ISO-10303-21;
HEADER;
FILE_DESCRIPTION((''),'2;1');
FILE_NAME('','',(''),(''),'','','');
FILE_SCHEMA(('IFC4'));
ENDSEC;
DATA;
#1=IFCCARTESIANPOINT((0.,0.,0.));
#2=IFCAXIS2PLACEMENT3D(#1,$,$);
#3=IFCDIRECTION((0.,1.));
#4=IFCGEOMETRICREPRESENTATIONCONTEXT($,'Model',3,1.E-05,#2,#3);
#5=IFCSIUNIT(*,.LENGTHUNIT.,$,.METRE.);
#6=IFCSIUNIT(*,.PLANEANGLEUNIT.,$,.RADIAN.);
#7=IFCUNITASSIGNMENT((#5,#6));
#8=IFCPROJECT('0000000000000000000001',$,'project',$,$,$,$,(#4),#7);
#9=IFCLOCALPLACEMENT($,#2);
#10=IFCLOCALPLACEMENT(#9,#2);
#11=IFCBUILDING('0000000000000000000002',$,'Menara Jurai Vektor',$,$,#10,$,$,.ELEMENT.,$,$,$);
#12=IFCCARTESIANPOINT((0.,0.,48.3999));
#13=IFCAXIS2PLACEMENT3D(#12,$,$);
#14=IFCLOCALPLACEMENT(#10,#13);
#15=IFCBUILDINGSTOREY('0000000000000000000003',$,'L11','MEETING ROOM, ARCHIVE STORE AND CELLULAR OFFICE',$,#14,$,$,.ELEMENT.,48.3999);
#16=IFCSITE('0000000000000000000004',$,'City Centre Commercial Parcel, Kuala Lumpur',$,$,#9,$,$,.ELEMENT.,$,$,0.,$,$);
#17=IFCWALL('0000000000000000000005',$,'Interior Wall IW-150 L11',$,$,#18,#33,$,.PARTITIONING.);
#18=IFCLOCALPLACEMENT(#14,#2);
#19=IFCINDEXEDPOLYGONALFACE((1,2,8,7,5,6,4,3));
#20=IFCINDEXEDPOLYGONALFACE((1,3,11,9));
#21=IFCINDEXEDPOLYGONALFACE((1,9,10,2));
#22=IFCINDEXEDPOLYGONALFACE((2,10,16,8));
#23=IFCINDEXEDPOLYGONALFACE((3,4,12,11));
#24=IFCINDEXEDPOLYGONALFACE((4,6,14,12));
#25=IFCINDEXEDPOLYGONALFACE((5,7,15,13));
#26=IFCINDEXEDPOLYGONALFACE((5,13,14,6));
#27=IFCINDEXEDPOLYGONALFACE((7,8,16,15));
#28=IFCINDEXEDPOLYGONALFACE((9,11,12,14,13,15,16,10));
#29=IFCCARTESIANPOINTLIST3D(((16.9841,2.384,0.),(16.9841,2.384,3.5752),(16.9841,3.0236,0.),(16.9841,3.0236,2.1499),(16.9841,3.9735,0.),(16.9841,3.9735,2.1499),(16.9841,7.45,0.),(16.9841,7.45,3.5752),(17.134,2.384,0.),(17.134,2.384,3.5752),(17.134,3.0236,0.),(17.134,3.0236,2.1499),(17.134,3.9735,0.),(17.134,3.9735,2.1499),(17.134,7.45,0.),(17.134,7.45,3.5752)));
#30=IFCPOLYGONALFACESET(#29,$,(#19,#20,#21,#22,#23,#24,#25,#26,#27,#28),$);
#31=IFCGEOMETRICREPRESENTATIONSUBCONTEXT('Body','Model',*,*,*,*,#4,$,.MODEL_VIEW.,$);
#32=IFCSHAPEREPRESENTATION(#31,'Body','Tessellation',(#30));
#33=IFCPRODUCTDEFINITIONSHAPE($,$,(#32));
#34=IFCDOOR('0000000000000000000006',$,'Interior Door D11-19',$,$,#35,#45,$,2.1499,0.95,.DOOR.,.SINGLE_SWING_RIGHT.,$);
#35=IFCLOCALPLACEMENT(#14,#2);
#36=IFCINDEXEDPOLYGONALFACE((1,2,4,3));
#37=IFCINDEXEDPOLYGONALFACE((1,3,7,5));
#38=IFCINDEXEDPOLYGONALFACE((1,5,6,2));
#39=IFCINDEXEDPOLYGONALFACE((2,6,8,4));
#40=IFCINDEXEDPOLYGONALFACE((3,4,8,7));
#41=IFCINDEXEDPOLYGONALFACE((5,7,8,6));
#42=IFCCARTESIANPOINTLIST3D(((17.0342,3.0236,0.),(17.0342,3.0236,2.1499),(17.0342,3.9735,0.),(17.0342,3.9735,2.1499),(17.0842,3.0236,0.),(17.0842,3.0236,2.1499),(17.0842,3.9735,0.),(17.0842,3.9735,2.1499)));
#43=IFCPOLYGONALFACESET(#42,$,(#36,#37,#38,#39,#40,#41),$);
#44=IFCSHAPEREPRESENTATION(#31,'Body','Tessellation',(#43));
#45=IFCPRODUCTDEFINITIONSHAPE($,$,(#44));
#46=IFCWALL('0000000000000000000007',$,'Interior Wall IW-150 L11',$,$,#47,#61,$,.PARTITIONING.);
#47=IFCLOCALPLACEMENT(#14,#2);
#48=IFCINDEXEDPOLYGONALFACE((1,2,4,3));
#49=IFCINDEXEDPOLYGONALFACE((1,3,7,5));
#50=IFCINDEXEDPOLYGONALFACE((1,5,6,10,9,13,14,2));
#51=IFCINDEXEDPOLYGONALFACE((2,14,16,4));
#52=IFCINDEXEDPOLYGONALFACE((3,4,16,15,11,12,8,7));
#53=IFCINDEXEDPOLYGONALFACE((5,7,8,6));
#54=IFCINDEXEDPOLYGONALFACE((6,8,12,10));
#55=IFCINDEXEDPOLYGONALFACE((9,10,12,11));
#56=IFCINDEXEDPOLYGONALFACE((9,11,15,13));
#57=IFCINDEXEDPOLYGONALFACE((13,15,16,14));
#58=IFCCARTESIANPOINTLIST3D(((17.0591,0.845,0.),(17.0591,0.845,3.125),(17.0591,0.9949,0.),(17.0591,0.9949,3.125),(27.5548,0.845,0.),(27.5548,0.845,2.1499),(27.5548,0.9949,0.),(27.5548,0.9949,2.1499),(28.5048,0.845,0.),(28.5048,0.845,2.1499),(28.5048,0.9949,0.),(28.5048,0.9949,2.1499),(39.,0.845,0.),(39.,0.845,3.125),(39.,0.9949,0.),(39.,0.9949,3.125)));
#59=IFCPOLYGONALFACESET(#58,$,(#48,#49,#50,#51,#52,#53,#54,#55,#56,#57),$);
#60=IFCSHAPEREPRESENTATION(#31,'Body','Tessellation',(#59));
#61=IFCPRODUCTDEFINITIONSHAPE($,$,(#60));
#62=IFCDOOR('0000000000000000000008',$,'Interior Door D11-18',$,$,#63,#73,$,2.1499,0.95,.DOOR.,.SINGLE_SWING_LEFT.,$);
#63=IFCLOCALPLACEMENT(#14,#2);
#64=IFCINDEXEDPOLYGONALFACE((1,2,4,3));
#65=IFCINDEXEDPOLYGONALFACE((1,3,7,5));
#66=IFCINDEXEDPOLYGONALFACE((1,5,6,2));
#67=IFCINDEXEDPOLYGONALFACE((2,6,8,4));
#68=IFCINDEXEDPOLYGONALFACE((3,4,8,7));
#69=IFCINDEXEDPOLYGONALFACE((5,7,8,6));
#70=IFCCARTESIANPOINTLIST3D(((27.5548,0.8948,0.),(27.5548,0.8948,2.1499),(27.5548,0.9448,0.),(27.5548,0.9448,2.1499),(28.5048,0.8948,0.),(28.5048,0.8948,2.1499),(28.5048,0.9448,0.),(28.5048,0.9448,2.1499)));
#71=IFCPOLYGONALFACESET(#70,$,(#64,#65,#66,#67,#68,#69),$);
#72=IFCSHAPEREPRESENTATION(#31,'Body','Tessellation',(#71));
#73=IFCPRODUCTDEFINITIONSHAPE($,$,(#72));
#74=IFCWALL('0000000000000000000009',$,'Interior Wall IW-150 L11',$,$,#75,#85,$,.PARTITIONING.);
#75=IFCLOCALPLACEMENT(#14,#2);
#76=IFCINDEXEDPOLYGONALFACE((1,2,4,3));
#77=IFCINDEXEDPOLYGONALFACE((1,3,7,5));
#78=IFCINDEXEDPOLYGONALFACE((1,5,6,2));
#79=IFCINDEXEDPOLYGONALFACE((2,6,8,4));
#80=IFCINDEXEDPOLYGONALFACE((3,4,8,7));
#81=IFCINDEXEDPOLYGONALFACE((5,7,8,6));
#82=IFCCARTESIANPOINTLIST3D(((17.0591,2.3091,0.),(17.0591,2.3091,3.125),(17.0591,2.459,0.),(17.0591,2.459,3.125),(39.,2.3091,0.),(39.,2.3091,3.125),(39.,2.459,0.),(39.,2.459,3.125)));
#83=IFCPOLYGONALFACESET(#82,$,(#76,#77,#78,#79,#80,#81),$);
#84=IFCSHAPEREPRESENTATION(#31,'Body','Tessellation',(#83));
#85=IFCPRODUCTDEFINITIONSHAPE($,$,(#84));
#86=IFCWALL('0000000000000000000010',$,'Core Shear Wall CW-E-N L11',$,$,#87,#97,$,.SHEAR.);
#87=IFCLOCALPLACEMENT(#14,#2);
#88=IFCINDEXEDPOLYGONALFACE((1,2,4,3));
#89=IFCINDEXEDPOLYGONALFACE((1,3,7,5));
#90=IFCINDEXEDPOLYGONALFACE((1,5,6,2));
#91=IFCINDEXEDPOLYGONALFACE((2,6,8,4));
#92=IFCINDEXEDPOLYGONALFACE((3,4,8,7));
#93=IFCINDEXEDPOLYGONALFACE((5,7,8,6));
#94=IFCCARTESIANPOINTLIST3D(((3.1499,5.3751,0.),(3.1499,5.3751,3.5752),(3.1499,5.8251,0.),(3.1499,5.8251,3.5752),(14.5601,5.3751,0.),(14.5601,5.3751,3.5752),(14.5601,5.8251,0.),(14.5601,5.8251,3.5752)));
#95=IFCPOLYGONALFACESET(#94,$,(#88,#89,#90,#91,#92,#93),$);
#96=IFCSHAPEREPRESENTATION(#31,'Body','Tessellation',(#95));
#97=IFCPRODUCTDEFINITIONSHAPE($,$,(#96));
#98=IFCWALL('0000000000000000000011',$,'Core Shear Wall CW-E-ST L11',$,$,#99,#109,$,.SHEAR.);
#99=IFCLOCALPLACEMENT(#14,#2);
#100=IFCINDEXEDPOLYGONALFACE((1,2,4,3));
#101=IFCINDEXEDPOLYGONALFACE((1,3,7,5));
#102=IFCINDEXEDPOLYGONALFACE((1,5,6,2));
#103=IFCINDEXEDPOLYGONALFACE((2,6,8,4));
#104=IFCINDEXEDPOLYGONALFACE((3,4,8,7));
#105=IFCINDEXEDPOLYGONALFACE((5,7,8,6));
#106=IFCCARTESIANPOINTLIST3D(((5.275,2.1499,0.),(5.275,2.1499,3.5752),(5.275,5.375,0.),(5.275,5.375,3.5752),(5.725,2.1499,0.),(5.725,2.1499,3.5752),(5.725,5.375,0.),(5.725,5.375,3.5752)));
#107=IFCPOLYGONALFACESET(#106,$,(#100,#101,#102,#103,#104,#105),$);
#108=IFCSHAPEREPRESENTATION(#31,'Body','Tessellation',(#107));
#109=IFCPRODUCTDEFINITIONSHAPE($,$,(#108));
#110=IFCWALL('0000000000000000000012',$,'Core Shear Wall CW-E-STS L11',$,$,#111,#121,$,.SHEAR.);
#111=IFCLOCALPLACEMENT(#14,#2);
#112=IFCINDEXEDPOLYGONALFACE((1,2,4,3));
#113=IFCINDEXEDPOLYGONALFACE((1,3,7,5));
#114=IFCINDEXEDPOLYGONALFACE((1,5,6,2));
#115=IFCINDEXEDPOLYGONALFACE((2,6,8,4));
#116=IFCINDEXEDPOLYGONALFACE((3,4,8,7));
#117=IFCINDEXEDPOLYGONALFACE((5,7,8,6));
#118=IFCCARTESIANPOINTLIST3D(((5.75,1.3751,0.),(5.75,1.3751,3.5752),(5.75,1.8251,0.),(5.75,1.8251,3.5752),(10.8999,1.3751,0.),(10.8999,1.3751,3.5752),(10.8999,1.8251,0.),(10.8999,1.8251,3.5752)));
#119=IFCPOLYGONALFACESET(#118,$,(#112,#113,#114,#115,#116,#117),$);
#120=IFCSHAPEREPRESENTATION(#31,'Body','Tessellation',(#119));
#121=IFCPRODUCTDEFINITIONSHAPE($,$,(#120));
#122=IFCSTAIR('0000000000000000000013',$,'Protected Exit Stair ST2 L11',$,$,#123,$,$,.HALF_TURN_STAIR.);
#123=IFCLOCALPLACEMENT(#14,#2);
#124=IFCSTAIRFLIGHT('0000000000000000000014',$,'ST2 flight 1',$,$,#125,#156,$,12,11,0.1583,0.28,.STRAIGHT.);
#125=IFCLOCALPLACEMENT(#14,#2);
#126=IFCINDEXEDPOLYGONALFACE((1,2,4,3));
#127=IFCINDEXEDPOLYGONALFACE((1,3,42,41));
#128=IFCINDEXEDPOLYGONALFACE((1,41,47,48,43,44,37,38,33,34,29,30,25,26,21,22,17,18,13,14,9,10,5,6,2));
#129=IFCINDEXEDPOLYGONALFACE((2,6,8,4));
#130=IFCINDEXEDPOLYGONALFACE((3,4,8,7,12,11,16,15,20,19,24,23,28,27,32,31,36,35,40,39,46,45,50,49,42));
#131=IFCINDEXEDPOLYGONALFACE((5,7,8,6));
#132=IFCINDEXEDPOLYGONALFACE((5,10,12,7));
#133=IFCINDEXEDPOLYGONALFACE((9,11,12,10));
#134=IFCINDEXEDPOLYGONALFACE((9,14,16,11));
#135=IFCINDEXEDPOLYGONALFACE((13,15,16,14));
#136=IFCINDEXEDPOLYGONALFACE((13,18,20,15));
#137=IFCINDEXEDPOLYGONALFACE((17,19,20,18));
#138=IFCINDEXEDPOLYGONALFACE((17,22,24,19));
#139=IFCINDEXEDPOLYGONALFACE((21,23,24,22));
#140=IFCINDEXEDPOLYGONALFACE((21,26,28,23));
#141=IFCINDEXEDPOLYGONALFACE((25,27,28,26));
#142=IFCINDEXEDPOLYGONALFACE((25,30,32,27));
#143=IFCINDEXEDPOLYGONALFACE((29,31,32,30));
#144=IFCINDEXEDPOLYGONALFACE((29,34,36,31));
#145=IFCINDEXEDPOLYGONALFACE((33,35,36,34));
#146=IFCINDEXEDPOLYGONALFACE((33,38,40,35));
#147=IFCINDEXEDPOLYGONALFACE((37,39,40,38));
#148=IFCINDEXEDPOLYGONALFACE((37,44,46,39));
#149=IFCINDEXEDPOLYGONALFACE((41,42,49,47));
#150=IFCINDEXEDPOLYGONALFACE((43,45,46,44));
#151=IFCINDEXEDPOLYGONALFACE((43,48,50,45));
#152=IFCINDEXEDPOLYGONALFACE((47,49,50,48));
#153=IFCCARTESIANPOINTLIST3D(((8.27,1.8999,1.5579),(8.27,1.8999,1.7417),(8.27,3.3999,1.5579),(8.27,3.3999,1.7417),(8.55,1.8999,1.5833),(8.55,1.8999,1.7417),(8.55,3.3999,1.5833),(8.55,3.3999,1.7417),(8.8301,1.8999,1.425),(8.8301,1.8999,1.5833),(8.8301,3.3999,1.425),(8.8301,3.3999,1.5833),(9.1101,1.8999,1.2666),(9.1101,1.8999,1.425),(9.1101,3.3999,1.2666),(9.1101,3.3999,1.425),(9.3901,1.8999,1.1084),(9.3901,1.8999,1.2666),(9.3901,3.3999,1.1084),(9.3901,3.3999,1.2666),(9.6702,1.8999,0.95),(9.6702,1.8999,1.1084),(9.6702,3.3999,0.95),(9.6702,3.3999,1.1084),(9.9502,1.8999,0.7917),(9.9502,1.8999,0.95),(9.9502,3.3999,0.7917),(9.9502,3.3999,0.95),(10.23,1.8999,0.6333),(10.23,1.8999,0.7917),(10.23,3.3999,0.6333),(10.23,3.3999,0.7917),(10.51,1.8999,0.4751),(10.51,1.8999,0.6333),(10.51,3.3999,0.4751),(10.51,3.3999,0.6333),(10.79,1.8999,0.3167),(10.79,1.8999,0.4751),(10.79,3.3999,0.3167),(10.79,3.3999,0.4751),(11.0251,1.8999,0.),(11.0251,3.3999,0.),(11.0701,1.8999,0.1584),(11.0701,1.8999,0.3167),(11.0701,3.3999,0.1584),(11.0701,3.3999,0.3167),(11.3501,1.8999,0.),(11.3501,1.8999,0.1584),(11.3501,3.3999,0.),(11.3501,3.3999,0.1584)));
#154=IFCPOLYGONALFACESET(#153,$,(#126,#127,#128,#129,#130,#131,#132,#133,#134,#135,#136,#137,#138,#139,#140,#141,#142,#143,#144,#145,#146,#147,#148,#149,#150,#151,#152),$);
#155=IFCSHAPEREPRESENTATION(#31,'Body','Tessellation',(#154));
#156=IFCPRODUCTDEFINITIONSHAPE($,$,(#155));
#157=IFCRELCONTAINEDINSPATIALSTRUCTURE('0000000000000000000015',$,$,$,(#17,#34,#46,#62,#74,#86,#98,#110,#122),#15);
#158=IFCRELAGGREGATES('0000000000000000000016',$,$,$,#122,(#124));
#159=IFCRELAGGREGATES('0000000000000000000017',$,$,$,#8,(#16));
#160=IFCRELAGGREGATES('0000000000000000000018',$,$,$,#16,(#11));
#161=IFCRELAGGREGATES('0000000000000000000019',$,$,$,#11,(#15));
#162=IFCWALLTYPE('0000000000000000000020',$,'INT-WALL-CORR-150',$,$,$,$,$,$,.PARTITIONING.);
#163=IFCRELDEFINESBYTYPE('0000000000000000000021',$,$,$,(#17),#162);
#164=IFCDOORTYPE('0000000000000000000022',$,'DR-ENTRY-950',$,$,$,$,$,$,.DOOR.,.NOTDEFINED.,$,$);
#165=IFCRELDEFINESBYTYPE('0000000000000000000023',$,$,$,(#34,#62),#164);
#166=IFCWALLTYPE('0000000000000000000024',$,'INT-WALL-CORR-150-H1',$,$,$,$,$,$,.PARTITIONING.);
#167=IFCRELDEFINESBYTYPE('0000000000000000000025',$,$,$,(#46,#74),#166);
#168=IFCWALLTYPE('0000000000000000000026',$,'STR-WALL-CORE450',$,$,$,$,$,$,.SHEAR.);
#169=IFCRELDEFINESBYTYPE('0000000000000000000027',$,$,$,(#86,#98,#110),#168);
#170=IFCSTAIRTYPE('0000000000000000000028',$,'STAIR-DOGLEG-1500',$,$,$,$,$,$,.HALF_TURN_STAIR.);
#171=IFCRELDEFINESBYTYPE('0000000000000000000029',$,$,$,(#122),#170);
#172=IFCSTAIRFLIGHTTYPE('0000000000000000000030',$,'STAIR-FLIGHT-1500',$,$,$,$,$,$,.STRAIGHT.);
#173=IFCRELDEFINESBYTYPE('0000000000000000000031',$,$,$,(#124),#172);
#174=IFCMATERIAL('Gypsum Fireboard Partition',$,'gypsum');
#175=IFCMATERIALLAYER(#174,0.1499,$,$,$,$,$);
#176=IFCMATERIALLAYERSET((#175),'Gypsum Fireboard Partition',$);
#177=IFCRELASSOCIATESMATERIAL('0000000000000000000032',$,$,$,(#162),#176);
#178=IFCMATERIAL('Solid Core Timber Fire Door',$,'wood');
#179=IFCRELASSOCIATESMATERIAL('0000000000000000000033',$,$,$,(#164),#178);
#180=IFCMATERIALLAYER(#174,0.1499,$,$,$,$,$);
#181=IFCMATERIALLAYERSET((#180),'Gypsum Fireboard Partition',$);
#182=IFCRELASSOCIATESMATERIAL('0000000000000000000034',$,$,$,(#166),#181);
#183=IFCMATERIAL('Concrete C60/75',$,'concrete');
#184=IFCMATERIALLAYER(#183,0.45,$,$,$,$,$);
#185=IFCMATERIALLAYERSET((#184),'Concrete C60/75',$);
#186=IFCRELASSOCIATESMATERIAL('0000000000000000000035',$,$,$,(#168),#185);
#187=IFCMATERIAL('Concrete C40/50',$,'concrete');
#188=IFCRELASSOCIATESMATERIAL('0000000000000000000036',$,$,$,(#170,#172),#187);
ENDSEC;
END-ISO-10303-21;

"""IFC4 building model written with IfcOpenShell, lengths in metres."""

from ifc_helpers import new_model, si_unit, direction, frame, frame_2d, origin, place, context, subcontext, project, spatial, polyline, rectangle, outline, extrude, material, layer, layer_set, type_object, element, fill, aggregate, save


model = new_model("IFC4")

# Units and contexts
model_context = context("Model", 3, precision=1e-05, world=origin(), true_north=direction((0.0, 1.0)))
body_context = subcontext(model_context, "Body", "Model", "MODEL_VIEW")
ifc_project = project(units=[si_unit("LENGTHUNIT", "METRE"), si_unit("PLANEANGLEUNIT", "RADIAN")], contexts=[model_context])

# Site, building, storey
site_placement = place(None, origin())
site = spatial("IfcSite", under=ifc_project, at=site_placement, Name="City Centre Commercial Parcel, Kuala Lumpur", CompositionType="ELEMENT", RefElevation=0.0)
building_placement = place(site_placement, origin())
building = spatial("IfcBuilding", under=site, at=building_placement, Name="Menara Jurai Vektor", CompositionType="ELEMENT")
storey_placement = place(building_placement, frame((0.0, 0.0, 48.3999)))
storey = spatial("IfcBuildingStorey", under=building, at=storey_placement, Name="L11", Description="MEETING ROOM, ARCHIVE STORE AND CELLULAR OFFICE", CompositionType="ELEMENT", Elevation=48.3999)

# Shared definitions
ifc_material_1 = material(Name="Concrete C60/75", Category="concrete")

# Shared definitions
ifc_material_2 = material(Name="Concrete C40/50", Category="concrete")

# Shared definitions
ifc_material_3 = material(Name="Gypsum Fireboard Partition", Category="gypsum")
ifc_layer_1 = layer(ifc_material_3, 0.1499)
ifc_layer_set_1 = layer_set([ifc_layer_1], Name="Gypsum Fireboard Partition")
wall_type_1 = type_object("IfcWallType", Name="INT-WALL-CORR-150", PredefinedType="PARTITIONING", material=ifc_layer_set_1)

# Walls, openings, doors
wall_1_placement = place(storey_placement, frame((17.0591, 2.384, 0.0), z_axis=(0.0, 0.0, 1.0), x_axis=(0.0, 1.0, 0.0)))
wall_1 = element("IfcWall", 1, at=wall_1_placement, inside=storey, type_object=wall_type_1, Name="Interior Wall IW-150 L11", PredefinedType="PARTITIONING", context=body_context, shape_type="SweptSolid", body=[
    extrude(rectangle(XDim=5.0659, YDim=0.1499, at=frame_2d((2.533, 0.0))), origin(), (0.0, 0.0, 1.0), 3.5752),
])
opening_1_placement = place(wall_1_placement, frame((0.6394, 0.0, 0.0)))
opening_1 = element("IfcOpeningElement", 2, at=opening_1_placement, cuts=wall_1, PredefinedType="OPENING", context=body_context, shape_type="SweptSolid", body=[
    extrude(rectangle(XDim=0.95, YDim=2.1499, at=frame_2d((0.4751, 1.075))), frame((0.0, 0.085, 0.0), z_axis=(0.0, -1.0, 0.0), x_axis=(1.0, 0.0, 0.0)), (0.0, 0.0, 1.0), 0.1699),
])
ifc_material_4 = material(Name="Solid Core Timber Fire Door", Category="wood")
door_type_1 = type_object("IfcDoorType", Name="DR-ENTRY-950", OperationType="NOTDEFINED", PredefinedType="DOOR", material=ifc_material_4)
door_1_placement = place(opening_1_placement, origin())
door_1 = element("IfcDoor", 3, at=door_1_placement, inside=storey, type_object=door_type_1, Name="Interior Door D11-19", OperationType="SINGLE_SWING_RIGHT", OverallHeight=2.1499, OverallWidth=0.95, PredefinedType="DOOR", context=body_context, shape_type="SweptSolid", body=[
    extrude(rectangle(XDim=0.95, YDim=2.1499, at=frame_2d((0.4751, 1.075))), frame((0.0, 0.0249, 0.0), z_axis=(0.0, -1.0, 0.0), x_axis=(1.0, 0.0, 0.0)), (0.0, 0.0, 1.0), 0.05),
])
fill(opening_1, door_1)
ifc_layer_2 = layer(ifc_material_3, 0.1499)
ifc_layer_set_2 = layer_set([ifc_layer_2], Name="Gypsum Fireboard Partition")
wall_type_2 = type_object("IfcWallType", Name="INT-WALL-CORR-150-H1", PredefinedType="PARTITIONING", material=ifc_layer_set_2)
wall_2_placement = place(storey_placement, frame((17.0591, 0.9199, 0.0), z_axis=(0.0, 0.0, 1.0), x_axis=(1.0, 0.0, 0.0)))
wall_2 = element("IfcWall", 4, at=wall_2_placement, inside=storey, type_object=wall_type_2, Name="Interior Wall IW-150 L11", PredefinedType="PARTITIONING", context=body_context, shape_type="SweptSolid", body=[
    extrude(rectangle(XDim=21.9409, YDim=0.1499, at=frame_2d((10.9705, 0.0))), origin(), (0.0, 0.0, 1.0), 3.125),
])
opening_2_placement = place(wall_2_placement, frame((10.4956, 0.0, 0.0)))
opening_2 = element("IfcOpeningElement", 5, at=opening_2_placement, cuts=wall_2, PredefinedType="OPENING", context=body_context, shape_type="SweptSolid", body=[
    extrude(rectangle(XDim=0.95, YDim=2.1499, at=frame_2d((0.4751, 1.075))), frame((0.0, 0.085, 0.0), z_axis=(0.0, -1.0, 0.0), x_axis=(1.0, 0.0, 0.0)), (0.0, 0.0, 1.0), 0.1699),
])
door_2_placement = place(opening_2_placement, origin())
door_2 = element("IfcDoor", 6, at=door_2_placement, inside=storey, type_object=door_type_1, Name="Interior Door D11-18", OperationType="SINGLE_SWING_LEFT", OverallHeight=2.1499, OverallWidth=0.95, PredefinedType="DOOR", context=body_context, shape_type="SweptSolid", body=[
    extrude(rectangle(XDim=0.95, YDim=2.1499, at=frame_2d((0.4751, 1.075))), frame((0.0, 0.0249, 0.0), z_axis=(0.0, -1.0, 0.0), x_axis=(1.0, 0.0, 0.0)), (0.0, 0.0, 1.0), 0.05),
])
fill(opening_2, door_2)

# Walls
wall_3_placement = place(storey_placement, frame((17.0591, 2.384, 0.0), z_axis=(0.0, 0.0, 1.0), x_axis=(1.0, 0.0, 0.0)))
element("IfcWall", 7, at=wall_3_placement, inside=storey, type_object=wall_type_2, Name="Interior Wall IW-150 L11", PredefinedType="PARTITIONING", context=body_context, shape_type="SweptSolid", body=[
    extrude(rectangle(XDim=21.9409, YDim=0.1499, at=frame_2d((10.9705, 0.0))), origin(), (0.0, 0.0, 1.0), 3.125),
])
ifc_layer_3 = layer(ifc_material_1, 0.45)
ifc_layer_set_3 = layer_set([ifc_layer_3], Name="Concrete C60/75")
wall_type_3 = type_object("IfcWallType", Name="STR-WALL-CORE450", PredefinedType="SHEAR", material=ifc_layer_set_3)
wall_4_placement = place(storey_placement, frame((3.1499, 5.6001, 0.0), z_axis=(0.0, 0.0, 1.0), x_axis=(1.0, 0.0, 0.0)))
element("IfcWall", 8, at=wall_4_placement, inside=storey, type_object=wall_type_3, Name="Core Shear Wall CW-E-N L11", PredefinedType="SHEAR", context=body_context, shape_type="SweptSolid", body=[
    extrude(rectangle(XDim=11.4102, YDim=0.45, at=frame_2d((5.7051, 0.0))), origin(), (0.0, 0.0, 1.0), 3.5752),
])
wall_5_placement = place(storey_placement, frame((5.5, 2.1499, 0.0), z_axis=(0.0, 0.0, 1.0), x_axis=(0.0, 1.0, 0.0)))
element("IfcWall", 9, at=wall_5_placement, inside=storey, type_object=wall_type_3, Name="Core Shear Wall CW-E-ST L11", PredefinedType="SHEAR", context=body_context, shape_type="SweptSolid", body=[
    extrude(rectangle(XDim=3.2251, YDim=0.45, at=frame_2d((1.6125, 0.0))), origin(), (0.0, 0.0, 1.0), 3.5752),
])
wall_6_placement = place(storey_placement, frame((5.75, 1.6001, 0.0), z_axis=(0.0, 0.0, 1.0), x_axis=(1.0, 0.0, 0.0)))
element("IfcWall", 10, at=wall_6_placement, inside=storey, type_object=wall_type_3, Name="Core Shear Wall CW-E-STS L11", PredefinedType="SHEAR", context=body_context, shape_type="SweptSolid", body=[
    extrude(rectangle(XDim=5.1499, YDim=0.45, at=frame_2d((2.575, 0.0))), origin(), (0.0, 0.0, 1.0), 3.5752),
])

# Stair, stair flight
stair_type = type_object("IfcStairType", Name="STAIR-DOGLEG-1500", PredefinedType="HALF_TURN_STAIR", material=ifc_material_2)
stair_placement = place(storey_placement, origin())
stair = element("IfcStair", 11, at=stair_placement, inside=storey, type_object=stair_type, Name="Protected Exit Stair ST2 L11", PredefinedType="HALF_TURN_STAIR")
stair_flight_type = type_object("IfcStairFlightType", Name="STAIR-FLIGHT-1500", PredefinedType="STRAIGHT", material=ifc_material_2)
stair_flight_1_placement = place(storey_placement, frame((11.3501, 2.6499, 0.0), z_axis=(0.0, 0.0, 1.0), x_axis=(-1.0, 0.0, 0.0)))
stair_flight_1 = element("IfcStairFlight", 12, at=stair_flight_1_placement, type_object=stair_flight_type, Name="ST2 flight 1", NumberOfRisers=12, NumberOfTreads=11, PredefinedType="STRAIGHT", RiserHeight=0.1583, TreadLength=0.28, context=body_context, shape_type="SweptSolid", body=[
    extrude(outline(polyline([(0.0, 0.0), (0.0, 0.1584), (0.28, 0.1584), (0.28, 0.3167), (0.5601, 0.3167), (0.5601, 0.4751), (0.8401, 0.4751), (0.8401, 0.6333), (1.1201, 0.6333), (1.1201, 0.7917), (1.3999, 0.7917), (1.3999, 0.95), (1.6799, 0.95), (1.6799, 1.1084), (1.96, 1.1084), (1.96, 1.2666), (2.24, 1.2666), (2.24, 1.425), (2.52, 1.425), (2.52, 1.5833), (2.8, 1.5833), (2.8, 1.7417), (3.0801, 1.7417), (3.0801, 1.8999), (3.0801, 1.5579), (0.325, 0.0), (0.0, 0.0)])), frame((0.0, 0.75, 0.0), z_axis=(0.0, -1.0, 0.0), x_axis=(1.0, 0.0, 0.0)), (0.0, 0.0, 1.0), 1.5),
])
aggregate(stair, [stair_flight_1])

save(model, "model.ifc")
